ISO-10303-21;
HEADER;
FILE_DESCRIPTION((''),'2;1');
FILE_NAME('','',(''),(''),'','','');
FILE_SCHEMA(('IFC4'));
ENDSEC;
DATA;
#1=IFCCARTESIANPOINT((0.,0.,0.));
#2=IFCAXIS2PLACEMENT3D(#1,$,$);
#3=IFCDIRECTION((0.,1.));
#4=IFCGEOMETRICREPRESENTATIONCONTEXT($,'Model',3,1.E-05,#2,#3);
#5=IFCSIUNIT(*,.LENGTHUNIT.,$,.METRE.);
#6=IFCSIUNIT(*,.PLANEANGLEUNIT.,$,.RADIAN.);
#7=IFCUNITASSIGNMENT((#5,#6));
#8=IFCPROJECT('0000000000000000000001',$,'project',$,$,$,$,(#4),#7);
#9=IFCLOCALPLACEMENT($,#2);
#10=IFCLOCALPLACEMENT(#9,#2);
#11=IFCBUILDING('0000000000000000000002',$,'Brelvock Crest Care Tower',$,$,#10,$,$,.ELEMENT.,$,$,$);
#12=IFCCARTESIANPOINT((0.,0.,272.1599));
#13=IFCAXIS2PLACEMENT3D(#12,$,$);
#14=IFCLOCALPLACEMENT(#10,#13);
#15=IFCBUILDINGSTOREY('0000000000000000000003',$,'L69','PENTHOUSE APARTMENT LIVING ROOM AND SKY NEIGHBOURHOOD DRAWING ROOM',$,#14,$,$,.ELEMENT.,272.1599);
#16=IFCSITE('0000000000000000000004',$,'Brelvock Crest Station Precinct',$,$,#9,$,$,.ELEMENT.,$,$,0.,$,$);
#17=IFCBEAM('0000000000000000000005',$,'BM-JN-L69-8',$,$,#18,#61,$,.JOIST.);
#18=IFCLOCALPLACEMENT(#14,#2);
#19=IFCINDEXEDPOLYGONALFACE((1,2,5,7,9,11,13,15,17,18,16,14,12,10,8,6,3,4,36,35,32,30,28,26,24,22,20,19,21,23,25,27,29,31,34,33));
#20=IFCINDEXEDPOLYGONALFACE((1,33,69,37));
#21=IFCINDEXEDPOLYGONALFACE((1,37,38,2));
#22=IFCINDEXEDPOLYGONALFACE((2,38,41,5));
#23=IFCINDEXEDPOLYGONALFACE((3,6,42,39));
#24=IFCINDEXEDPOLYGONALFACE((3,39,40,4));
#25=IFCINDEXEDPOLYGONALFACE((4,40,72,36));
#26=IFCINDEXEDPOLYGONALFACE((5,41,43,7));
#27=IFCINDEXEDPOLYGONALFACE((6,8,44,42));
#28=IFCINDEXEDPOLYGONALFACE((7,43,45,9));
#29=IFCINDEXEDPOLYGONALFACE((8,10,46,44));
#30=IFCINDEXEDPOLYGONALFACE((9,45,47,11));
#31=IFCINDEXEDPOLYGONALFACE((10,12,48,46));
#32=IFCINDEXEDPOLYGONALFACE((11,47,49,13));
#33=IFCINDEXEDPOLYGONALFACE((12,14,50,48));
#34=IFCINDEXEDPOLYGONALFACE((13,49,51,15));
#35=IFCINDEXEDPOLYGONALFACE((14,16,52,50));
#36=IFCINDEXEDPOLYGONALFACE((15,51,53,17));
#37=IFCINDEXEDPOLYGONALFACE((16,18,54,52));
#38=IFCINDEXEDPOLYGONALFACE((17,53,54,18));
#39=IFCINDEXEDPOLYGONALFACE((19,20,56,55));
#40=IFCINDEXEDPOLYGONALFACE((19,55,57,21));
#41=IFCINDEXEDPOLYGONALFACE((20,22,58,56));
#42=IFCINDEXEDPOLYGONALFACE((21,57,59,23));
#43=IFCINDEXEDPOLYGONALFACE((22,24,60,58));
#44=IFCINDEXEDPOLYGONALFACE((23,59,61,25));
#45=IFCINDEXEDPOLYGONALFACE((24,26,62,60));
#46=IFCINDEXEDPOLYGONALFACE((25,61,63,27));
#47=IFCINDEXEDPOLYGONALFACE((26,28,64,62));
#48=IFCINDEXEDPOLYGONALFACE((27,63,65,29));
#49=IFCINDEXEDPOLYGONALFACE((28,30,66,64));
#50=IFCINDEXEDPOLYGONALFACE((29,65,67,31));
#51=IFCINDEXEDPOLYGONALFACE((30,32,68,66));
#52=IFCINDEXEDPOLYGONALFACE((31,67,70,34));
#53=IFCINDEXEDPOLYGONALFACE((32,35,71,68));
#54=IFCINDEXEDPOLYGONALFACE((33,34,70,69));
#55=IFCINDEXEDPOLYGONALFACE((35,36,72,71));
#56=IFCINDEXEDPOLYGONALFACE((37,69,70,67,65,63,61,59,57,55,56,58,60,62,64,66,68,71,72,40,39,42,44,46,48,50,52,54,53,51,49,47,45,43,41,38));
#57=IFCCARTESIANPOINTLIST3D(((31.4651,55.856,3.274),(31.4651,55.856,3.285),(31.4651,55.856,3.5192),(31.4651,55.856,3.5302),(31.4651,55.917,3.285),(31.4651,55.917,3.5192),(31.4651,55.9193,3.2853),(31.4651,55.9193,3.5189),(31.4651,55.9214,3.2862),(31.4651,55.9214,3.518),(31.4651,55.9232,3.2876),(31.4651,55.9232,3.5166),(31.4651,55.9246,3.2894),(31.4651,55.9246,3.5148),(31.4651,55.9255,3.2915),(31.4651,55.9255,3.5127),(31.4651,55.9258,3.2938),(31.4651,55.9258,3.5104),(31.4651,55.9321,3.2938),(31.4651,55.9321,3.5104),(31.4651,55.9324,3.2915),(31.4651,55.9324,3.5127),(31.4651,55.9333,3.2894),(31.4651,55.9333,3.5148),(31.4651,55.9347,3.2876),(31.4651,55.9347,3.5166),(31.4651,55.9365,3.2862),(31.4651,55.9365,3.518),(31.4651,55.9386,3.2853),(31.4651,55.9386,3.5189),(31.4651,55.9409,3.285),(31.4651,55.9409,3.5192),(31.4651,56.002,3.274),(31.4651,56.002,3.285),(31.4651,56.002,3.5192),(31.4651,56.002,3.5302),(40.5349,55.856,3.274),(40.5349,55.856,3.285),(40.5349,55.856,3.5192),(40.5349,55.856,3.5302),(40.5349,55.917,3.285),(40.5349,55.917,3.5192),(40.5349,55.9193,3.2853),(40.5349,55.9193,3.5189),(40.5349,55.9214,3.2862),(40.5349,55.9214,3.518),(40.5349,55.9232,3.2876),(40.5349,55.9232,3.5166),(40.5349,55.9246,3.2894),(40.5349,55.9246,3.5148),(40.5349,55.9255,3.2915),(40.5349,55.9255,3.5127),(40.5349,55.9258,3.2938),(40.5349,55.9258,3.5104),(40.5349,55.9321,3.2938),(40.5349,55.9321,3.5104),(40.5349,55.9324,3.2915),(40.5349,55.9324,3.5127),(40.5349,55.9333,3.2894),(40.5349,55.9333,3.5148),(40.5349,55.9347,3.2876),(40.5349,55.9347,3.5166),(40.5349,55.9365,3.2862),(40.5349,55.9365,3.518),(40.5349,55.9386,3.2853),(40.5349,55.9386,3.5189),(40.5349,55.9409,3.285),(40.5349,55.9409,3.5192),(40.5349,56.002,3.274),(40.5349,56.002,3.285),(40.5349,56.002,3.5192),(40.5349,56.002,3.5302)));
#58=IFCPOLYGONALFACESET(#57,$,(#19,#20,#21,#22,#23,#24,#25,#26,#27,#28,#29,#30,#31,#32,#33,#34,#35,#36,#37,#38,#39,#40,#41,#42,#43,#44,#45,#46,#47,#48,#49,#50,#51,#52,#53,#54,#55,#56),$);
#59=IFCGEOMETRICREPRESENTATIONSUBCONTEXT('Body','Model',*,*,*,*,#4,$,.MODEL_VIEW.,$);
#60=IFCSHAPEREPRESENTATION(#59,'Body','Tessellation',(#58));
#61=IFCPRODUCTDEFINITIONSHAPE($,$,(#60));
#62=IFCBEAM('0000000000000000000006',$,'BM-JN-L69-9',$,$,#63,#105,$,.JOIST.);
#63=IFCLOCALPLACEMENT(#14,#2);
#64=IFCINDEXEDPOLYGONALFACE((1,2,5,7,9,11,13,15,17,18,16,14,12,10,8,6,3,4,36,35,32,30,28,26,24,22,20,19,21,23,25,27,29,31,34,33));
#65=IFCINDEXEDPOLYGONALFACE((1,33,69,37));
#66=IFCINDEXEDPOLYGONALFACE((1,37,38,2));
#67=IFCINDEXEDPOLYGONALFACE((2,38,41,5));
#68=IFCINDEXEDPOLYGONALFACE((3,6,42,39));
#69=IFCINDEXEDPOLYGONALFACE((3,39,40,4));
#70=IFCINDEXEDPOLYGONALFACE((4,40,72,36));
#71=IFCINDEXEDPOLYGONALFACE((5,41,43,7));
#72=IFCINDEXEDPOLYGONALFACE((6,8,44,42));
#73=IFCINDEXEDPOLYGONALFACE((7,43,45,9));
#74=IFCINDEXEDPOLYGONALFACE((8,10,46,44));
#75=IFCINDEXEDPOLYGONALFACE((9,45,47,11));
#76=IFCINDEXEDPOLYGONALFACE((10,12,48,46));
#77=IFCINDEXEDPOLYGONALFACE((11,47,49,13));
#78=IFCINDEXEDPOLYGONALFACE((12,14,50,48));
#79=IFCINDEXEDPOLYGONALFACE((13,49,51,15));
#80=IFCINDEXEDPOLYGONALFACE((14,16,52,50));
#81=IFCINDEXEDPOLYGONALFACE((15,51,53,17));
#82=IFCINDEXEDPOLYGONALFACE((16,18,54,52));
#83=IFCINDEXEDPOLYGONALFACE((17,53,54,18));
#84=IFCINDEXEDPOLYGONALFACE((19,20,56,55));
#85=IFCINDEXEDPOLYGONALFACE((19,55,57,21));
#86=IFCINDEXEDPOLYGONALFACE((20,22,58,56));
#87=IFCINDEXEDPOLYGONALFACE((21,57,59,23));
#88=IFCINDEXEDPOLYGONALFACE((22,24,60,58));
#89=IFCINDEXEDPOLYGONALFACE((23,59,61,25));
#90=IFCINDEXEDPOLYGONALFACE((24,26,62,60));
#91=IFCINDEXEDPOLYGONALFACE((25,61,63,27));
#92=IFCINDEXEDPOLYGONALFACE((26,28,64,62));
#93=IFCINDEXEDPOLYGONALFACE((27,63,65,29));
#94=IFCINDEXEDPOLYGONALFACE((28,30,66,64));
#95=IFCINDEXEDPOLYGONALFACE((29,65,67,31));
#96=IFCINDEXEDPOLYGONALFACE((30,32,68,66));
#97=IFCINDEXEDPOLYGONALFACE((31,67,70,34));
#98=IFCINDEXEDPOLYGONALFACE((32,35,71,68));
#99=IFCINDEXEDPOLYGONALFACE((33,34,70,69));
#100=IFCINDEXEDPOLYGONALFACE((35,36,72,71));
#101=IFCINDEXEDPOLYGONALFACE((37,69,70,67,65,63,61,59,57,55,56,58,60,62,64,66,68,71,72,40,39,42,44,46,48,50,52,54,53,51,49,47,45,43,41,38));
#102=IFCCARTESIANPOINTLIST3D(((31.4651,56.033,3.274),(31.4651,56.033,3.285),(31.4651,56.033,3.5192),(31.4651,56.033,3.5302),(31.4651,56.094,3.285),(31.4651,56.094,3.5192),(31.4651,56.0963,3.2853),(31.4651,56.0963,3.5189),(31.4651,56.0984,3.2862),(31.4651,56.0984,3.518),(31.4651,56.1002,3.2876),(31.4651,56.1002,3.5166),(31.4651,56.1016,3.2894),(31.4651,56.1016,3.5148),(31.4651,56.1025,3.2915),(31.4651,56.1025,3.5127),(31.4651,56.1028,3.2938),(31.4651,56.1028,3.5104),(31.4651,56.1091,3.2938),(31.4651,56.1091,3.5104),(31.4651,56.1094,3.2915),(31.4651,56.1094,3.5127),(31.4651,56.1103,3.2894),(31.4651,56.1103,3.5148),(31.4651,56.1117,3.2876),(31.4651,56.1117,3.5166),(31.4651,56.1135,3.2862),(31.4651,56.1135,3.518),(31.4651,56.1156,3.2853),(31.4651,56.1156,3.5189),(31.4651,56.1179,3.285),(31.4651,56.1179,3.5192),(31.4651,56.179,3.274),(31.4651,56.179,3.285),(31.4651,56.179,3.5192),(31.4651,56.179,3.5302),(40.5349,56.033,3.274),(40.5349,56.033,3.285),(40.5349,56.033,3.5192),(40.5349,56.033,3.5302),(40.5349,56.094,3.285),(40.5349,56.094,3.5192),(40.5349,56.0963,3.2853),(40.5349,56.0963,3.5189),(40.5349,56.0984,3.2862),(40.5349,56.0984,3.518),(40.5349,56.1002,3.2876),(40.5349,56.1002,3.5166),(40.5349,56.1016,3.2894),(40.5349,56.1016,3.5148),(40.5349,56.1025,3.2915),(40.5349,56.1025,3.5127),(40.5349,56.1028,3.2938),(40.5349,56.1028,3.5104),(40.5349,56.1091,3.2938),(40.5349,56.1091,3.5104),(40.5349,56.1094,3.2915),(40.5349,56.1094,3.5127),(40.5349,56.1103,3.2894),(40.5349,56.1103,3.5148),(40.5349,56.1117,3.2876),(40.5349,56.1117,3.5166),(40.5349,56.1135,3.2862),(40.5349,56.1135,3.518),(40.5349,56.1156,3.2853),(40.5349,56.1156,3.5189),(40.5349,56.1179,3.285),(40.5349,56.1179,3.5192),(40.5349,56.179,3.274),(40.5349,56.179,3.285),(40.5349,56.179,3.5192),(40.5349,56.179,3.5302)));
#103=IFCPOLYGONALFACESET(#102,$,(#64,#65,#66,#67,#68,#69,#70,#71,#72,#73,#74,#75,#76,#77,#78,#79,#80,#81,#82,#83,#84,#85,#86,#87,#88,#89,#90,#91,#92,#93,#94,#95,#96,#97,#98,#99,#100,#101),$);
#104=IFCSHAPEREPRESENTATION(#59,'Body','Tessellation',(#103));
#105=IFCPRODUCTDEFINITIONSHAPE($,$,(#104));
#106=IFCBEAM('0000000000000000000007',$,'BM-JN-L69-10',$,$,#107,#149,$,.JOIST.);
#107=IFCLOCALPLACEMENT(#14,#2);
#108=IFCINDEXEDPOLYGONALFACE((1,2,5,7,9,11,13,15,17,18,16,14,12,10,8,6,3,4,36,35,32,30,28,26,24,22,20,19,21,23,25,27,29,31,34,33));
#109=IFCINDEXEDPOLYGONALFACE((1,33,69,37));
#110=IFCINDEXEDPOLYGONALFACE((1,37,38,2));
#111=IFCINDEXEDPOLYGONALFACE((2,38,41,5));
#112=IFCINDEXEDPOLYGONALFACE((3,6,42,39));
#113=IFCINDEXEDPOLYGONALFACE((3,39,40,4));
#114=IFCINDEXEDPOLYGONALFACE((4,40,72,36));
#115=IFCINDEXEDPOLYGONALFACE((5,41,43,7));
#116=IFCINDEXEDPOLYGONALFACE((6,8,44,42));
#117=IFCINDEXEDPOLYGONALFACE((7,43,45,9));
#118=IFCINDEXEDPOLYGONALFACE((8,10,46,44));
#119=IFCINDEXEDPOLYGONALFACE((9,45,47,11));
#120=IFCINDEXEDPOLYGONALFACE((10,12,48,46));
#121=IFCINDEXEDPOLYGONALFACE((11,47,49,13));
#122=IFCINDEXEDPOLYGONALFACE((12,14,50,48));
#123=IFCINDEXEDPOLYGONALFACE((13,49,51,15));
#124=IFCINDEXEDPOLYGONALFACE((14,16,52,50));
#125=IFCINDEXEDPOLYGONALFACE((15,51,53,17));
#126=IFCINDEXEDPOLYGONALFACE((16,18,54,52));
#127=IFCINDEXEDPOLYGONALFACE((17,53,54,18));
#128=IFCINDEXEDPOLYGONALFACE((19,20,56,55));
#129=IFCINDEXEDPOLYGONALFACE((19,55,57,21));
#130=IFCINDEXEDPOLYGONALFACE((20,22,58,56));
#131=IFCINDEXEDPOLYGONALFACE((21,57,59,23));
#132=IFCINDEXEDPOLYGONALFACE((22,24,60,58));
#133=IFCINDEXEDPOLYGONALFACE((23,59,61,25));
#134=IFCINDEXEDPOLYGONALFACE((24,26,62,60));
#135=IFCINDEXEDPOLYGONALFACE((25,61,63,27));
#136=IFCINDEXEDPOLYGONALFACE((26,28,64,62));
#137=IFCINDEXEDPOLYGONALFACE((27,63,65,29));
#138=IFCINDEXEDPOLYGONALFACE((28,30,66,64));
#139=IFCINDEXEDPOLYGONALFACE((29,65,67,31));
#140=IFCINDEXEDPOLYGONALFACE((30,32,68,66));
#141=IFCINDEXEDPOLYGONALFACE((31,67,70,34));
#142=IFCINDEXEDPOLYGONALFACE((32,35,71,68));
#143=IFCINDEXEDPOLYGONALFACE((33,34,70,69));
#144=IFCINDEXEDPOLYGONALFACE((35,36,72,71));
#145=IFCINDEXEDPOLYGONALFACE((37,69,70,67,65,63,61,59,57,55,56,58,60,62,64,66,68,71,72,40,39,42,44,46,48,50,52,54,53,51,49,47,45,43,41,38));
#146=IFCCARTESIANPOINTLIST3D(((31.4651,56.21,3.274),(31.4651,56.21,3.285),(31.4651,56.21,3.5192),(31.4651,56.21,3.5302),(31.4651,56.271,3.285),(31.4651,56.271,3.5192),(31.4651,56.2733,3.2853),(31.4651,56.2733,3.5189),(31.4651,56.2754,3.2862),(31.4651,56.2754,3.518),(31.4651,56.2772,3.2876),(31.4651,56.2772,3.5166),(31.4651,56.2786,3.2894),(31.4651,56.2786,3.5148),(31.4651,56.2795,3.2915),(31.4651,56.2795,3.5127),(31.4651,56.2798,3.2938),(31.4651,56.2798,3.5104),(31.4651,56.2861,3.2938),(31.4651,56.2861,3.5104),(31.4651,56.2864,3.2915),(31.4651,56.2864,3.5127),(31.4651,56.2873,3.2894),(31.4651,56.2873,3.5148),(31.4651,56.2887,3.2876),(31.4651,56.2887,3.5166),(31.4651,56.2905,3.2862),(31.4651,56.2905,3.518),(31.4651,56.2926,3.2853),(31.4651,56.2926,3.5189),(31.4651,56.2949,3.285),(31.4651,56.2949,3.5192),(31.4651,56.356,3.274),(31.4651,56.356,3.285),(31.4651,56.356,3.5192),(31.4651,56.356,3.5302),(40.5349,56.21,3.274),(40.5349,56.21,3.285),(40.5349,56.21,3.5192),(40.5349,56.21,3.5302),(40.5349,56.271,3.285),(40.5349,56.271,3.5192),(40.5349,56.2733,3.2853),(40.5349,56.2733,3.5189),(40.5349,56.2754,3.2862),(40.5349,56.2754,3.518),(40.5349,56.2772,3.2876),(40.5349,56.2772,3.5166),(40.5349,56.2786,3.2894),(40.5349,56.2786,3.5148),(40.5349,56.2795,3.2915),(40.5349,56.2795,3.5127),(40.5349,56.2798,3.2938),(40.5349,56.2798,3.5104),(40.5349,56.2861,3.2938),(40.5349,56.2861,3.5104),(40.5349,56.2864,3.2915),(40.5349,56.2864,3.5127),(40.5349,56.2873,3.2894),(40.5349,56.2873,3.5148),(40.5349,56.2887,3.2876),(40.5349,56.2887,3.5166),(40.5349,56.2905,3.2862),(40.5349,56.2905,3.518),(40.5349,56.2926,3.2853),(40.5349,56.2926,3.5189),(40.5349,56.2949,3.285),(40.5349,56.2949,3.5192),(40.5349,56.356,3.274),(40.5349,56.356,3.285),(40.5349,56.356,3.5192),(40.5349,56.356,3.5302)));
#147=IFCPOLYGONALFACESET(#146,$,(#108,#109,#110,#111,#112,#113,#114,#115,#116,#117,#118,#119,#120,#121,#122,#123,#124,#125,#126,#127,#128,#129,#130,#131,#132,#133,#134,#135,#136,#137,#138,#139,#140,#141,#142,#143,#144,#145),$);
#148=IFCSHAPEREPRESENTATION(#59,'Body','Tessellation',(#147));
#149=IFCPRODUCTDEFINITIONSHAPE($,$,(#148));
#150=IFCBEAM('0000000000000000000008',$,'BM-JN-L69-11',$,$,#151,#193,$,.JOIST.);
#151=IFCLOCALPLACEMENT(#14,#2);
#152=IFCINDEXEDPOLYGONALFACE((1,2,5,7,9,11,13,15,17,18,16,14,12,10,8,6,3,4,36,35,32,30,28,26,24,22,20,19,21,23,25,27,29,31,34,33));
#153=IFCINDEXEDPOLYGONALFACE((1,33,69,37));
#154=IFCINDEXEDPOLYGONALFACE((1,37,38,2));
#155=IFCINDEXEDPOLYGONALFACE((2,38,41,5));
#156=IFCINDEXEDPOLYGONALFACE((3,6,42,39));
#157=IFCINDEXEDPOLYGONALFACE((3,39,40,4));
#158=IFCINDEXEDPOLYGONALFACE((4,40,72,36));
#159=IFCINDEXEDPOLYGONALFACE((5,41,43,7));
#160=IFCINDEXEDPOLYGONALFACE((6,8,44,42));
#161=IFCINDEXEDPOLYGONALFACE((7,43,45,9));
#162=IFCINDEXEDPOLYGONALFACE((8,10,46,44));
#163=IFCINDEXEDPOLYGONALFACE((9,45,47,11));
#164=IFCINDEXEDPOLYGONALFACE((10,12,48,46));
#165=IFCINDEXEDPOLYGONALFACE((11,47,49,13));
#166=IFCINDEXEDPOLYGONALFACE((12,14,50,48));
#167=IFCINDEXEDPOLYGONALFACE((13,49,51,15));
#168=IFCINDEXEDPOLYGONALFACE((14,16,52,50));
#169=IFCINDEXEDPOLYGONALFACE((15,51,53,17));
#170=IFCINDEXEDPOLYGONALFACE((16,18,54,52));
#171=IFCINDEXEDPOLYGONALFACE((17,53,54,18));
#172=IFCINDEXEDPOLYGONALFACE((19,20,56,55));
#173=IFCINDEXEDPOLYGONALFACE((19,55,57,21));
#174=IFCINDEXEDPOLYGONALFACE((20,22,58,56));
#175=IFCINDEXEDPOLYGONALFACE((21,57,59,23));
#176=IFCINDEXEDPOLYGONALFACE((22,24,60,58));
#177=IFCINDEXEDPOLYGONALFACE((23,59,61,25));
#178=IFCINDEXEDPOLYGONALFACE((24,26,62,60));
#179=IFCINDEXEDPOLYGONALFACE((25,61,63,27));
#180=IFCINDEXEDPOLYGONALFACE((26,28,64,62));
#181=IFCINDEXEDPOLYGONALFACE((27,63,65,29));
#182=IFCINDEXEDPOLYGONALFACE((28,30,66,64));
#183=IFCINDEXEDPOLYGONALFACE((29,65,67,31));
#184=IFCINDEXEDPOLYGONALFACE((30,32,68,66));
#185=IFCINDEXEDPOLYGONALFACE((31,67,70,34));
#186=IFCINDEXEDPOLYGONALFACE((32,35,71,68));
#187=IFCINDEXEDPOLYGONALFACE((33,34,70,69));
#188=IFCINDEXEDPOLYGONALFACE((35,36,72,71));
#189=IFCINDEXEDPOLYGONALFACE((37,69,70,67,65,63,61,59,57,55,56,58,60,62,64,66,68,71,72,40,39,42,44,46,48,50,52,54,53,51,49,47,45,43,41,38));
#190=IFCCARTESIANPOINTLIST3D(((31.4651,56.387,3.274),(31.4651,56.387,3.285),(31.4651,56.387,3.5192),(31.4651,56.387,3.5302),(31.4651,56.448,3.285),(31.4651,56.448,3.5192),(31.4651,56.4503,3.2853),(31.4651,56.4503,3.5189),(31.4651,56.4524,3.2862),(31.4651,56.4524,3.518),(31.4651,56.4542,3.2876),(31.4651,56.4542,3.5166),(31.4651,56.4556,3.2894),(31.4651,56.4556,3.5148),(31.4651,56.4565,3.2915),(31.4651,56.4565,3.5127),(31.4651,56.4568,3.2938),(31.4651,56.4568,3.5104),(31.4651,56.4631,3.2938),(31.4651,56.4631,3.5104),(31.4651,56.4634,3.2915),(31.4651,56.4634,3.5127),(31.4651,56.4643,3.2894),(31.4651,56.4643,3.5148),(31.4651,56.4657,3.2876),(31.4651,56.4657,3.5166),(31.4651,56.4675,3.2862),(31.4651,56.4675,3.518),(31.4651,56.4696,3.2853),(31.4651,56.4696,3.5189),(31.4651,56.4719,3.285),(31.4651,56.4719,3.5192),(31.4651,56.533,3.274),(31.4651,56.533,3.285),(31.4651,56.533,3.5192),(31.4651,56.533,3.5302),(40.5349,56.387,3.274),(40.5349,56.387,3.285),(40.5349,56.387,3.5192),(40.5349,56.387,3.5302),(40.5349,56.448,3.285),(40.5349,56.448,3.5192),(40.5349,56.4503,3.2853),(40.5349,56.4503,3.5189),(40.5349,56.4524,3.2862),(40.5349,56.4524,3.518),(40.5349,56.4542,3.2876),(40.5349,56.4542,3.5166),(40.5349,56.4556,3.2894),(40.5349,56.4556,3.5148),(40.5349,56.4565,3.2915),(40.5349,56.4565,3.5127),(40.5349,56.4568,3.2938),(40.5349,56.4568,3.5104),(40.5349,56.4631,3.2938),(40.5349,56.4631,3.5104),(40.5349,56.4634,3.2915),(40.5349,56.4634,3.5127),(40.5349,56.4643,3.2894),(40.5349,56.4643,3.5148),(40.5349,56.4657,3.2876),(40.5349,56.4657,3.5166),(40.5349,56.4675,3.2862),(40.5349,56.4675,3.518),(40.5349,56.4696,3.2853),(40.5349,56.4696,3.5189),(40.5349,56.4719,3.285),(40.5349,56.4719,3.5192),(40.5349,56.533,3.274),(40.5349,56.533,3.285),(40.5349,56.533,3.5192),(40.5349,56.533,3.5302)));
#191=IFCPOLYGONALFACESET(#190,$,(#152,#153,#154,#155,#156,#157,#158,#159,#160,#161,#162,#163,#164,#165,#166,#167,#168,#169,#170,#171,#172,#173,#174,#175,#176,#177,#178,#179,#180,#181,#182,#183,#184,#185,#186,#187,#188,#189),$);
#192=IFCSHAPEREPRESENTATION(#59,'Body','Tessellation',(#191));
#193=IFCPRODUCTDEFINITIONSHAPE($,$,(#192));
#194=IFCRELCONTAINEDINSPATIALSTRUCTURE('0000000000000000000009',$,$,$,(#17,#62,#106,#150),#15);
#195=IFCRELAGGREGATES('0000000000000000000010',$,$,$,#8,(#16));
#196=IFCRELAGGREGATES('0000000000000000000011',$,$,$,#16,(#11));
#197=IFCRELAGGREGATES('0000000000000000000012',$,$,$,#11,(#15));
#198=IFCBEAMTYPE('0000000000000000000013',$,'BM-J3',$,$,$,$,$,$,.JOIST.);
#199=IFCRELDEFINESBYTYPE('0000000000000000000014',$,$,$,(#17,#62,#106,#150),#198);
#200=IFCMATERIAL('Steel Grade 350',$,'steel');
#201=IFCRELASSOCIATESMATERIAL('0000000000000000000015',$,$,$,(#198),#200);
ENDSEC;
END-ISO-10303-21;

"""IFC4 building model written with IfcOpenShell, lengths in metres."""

from ifc_helpers import new_model, si_unit, direction, frame, origin, origin_2d, place, context, subcontext, project, spatial, i_section, extrude, source, transform, mapped, material, material_profile, profile_set, type_object, element, save


model = new_model("IFC4")

# Units and contexts
model_context = context("Model", 3, precision=1e-05, world=origin(), true_north=direction((0.0, 1.0)))
body_context = subcontext(model_context, "Body", "Model", "MODEL_VIEW")
ifc_project = project(units=[si_unit("LENGTHUNIT", "METRE"), si_unit("PLANEANGLEUNIT", "RADIAN")], contexts=[model_context])

# Site, building, storey
site_placement = place(None, origin())
site = spatial("IfcSite", under=ifc_project, at=site_placement, Name="Brelvock Crest Station Precinct", CompositionType="ELEMENT", RefElevation=0.0)
building_placement = place(site_placement, origin())
building = spatial("IfcBuilding", under=site, at=building_placement, Name="Brelvock Crest Care Tower", CompositionType="ELEMENT")
storey_placement = place(building_placement, frame((0.0, 0.0, 272.1599)))
storey = spatial("IfcBuildingStorey", under=building, at=storey_placement, Name="L69", Description="PENTHOUSE APARTMENT LIVING ROOM AND SKY NEIGHBOURHOOD DRAWING ROOM", CompositionType="ELEMENT", Elevation=272.1599)

# Shared definitions
ifc_material_1 = material(Name="Steel Grade 350", Category="steel")

# Beams
ifc_material_profile_1 = material_profile(ifc_material_1, i_section(OverallWidth=0.146, OverallDepth=0.2561, WebThickness=0.0063, FlangeThickness=0.011, FilletRadius=0.0088, at=origin_2d()), Name="250UB37.3")
ifc_profile_set_1 = profile_set([ifc_material_profile_1], Name="Steel Grade 350")
beam_type_1 = type_object("IfcBeamType", Name="BM-J3", PredefinedType="JOIST", material=ifc_profile_set_1)
shared_shape_1 = source(origin(), body_context, "Body", "SweptSolid", [
    extrude(i_section(OverallWidth=0.146, OverallDepth=0.2561, WebThickness=0.0063, FlangeThickness=0.011, FilletRadius=0.0088, at=origin_2d()), origin(), (0.0, 0.0, 1.0), 9.0698),
])
for number, where, z_axis, x_axis, name in (
    (1, (31.4651, 55.929, 3.4021), (1.0, 0.0, 0.0), (0.0, 1.0, 0.0), "BM-JN-L69-8"),
    (2, (31.4651, 56.106, 3.4021), (1.0, 0.0, 0.0), (0.0, 1.0, 0.0), "BM-JN-L69-9"),
    (3, (31.4651, 56.283, 3.4021), (1.0, 0.0, 0.0), (0.0, 1.0, 0.0), "BM-JN-L69-10"),
    (4, (31.4651, 56.46, 3.4021), (1.0, 0.0, 0.0), (0.0, 1.0, 0.0), "BM-JN-L69-11"),
):
    element("IfcBeam", number, at=place(storey_placement, frame(where, z_axis=z_axis, x_axis=x_axis)), inside=storey, type_object=beam_type_1, Name=name, PredefinedType="JOIST", context=body_context, shape_type="MappedRepresentation", body=[
        mapped(shared_shape_1, transform((0.0, 0.0, 0.0), x_axis=(1.0, 0.0, 0.0), y_axis=(0.0, 1.0, 0.0), z_axis=(0.0, 0.0, 1.0), scale=1.0)),
    ])

save(model, "model.ifc")
